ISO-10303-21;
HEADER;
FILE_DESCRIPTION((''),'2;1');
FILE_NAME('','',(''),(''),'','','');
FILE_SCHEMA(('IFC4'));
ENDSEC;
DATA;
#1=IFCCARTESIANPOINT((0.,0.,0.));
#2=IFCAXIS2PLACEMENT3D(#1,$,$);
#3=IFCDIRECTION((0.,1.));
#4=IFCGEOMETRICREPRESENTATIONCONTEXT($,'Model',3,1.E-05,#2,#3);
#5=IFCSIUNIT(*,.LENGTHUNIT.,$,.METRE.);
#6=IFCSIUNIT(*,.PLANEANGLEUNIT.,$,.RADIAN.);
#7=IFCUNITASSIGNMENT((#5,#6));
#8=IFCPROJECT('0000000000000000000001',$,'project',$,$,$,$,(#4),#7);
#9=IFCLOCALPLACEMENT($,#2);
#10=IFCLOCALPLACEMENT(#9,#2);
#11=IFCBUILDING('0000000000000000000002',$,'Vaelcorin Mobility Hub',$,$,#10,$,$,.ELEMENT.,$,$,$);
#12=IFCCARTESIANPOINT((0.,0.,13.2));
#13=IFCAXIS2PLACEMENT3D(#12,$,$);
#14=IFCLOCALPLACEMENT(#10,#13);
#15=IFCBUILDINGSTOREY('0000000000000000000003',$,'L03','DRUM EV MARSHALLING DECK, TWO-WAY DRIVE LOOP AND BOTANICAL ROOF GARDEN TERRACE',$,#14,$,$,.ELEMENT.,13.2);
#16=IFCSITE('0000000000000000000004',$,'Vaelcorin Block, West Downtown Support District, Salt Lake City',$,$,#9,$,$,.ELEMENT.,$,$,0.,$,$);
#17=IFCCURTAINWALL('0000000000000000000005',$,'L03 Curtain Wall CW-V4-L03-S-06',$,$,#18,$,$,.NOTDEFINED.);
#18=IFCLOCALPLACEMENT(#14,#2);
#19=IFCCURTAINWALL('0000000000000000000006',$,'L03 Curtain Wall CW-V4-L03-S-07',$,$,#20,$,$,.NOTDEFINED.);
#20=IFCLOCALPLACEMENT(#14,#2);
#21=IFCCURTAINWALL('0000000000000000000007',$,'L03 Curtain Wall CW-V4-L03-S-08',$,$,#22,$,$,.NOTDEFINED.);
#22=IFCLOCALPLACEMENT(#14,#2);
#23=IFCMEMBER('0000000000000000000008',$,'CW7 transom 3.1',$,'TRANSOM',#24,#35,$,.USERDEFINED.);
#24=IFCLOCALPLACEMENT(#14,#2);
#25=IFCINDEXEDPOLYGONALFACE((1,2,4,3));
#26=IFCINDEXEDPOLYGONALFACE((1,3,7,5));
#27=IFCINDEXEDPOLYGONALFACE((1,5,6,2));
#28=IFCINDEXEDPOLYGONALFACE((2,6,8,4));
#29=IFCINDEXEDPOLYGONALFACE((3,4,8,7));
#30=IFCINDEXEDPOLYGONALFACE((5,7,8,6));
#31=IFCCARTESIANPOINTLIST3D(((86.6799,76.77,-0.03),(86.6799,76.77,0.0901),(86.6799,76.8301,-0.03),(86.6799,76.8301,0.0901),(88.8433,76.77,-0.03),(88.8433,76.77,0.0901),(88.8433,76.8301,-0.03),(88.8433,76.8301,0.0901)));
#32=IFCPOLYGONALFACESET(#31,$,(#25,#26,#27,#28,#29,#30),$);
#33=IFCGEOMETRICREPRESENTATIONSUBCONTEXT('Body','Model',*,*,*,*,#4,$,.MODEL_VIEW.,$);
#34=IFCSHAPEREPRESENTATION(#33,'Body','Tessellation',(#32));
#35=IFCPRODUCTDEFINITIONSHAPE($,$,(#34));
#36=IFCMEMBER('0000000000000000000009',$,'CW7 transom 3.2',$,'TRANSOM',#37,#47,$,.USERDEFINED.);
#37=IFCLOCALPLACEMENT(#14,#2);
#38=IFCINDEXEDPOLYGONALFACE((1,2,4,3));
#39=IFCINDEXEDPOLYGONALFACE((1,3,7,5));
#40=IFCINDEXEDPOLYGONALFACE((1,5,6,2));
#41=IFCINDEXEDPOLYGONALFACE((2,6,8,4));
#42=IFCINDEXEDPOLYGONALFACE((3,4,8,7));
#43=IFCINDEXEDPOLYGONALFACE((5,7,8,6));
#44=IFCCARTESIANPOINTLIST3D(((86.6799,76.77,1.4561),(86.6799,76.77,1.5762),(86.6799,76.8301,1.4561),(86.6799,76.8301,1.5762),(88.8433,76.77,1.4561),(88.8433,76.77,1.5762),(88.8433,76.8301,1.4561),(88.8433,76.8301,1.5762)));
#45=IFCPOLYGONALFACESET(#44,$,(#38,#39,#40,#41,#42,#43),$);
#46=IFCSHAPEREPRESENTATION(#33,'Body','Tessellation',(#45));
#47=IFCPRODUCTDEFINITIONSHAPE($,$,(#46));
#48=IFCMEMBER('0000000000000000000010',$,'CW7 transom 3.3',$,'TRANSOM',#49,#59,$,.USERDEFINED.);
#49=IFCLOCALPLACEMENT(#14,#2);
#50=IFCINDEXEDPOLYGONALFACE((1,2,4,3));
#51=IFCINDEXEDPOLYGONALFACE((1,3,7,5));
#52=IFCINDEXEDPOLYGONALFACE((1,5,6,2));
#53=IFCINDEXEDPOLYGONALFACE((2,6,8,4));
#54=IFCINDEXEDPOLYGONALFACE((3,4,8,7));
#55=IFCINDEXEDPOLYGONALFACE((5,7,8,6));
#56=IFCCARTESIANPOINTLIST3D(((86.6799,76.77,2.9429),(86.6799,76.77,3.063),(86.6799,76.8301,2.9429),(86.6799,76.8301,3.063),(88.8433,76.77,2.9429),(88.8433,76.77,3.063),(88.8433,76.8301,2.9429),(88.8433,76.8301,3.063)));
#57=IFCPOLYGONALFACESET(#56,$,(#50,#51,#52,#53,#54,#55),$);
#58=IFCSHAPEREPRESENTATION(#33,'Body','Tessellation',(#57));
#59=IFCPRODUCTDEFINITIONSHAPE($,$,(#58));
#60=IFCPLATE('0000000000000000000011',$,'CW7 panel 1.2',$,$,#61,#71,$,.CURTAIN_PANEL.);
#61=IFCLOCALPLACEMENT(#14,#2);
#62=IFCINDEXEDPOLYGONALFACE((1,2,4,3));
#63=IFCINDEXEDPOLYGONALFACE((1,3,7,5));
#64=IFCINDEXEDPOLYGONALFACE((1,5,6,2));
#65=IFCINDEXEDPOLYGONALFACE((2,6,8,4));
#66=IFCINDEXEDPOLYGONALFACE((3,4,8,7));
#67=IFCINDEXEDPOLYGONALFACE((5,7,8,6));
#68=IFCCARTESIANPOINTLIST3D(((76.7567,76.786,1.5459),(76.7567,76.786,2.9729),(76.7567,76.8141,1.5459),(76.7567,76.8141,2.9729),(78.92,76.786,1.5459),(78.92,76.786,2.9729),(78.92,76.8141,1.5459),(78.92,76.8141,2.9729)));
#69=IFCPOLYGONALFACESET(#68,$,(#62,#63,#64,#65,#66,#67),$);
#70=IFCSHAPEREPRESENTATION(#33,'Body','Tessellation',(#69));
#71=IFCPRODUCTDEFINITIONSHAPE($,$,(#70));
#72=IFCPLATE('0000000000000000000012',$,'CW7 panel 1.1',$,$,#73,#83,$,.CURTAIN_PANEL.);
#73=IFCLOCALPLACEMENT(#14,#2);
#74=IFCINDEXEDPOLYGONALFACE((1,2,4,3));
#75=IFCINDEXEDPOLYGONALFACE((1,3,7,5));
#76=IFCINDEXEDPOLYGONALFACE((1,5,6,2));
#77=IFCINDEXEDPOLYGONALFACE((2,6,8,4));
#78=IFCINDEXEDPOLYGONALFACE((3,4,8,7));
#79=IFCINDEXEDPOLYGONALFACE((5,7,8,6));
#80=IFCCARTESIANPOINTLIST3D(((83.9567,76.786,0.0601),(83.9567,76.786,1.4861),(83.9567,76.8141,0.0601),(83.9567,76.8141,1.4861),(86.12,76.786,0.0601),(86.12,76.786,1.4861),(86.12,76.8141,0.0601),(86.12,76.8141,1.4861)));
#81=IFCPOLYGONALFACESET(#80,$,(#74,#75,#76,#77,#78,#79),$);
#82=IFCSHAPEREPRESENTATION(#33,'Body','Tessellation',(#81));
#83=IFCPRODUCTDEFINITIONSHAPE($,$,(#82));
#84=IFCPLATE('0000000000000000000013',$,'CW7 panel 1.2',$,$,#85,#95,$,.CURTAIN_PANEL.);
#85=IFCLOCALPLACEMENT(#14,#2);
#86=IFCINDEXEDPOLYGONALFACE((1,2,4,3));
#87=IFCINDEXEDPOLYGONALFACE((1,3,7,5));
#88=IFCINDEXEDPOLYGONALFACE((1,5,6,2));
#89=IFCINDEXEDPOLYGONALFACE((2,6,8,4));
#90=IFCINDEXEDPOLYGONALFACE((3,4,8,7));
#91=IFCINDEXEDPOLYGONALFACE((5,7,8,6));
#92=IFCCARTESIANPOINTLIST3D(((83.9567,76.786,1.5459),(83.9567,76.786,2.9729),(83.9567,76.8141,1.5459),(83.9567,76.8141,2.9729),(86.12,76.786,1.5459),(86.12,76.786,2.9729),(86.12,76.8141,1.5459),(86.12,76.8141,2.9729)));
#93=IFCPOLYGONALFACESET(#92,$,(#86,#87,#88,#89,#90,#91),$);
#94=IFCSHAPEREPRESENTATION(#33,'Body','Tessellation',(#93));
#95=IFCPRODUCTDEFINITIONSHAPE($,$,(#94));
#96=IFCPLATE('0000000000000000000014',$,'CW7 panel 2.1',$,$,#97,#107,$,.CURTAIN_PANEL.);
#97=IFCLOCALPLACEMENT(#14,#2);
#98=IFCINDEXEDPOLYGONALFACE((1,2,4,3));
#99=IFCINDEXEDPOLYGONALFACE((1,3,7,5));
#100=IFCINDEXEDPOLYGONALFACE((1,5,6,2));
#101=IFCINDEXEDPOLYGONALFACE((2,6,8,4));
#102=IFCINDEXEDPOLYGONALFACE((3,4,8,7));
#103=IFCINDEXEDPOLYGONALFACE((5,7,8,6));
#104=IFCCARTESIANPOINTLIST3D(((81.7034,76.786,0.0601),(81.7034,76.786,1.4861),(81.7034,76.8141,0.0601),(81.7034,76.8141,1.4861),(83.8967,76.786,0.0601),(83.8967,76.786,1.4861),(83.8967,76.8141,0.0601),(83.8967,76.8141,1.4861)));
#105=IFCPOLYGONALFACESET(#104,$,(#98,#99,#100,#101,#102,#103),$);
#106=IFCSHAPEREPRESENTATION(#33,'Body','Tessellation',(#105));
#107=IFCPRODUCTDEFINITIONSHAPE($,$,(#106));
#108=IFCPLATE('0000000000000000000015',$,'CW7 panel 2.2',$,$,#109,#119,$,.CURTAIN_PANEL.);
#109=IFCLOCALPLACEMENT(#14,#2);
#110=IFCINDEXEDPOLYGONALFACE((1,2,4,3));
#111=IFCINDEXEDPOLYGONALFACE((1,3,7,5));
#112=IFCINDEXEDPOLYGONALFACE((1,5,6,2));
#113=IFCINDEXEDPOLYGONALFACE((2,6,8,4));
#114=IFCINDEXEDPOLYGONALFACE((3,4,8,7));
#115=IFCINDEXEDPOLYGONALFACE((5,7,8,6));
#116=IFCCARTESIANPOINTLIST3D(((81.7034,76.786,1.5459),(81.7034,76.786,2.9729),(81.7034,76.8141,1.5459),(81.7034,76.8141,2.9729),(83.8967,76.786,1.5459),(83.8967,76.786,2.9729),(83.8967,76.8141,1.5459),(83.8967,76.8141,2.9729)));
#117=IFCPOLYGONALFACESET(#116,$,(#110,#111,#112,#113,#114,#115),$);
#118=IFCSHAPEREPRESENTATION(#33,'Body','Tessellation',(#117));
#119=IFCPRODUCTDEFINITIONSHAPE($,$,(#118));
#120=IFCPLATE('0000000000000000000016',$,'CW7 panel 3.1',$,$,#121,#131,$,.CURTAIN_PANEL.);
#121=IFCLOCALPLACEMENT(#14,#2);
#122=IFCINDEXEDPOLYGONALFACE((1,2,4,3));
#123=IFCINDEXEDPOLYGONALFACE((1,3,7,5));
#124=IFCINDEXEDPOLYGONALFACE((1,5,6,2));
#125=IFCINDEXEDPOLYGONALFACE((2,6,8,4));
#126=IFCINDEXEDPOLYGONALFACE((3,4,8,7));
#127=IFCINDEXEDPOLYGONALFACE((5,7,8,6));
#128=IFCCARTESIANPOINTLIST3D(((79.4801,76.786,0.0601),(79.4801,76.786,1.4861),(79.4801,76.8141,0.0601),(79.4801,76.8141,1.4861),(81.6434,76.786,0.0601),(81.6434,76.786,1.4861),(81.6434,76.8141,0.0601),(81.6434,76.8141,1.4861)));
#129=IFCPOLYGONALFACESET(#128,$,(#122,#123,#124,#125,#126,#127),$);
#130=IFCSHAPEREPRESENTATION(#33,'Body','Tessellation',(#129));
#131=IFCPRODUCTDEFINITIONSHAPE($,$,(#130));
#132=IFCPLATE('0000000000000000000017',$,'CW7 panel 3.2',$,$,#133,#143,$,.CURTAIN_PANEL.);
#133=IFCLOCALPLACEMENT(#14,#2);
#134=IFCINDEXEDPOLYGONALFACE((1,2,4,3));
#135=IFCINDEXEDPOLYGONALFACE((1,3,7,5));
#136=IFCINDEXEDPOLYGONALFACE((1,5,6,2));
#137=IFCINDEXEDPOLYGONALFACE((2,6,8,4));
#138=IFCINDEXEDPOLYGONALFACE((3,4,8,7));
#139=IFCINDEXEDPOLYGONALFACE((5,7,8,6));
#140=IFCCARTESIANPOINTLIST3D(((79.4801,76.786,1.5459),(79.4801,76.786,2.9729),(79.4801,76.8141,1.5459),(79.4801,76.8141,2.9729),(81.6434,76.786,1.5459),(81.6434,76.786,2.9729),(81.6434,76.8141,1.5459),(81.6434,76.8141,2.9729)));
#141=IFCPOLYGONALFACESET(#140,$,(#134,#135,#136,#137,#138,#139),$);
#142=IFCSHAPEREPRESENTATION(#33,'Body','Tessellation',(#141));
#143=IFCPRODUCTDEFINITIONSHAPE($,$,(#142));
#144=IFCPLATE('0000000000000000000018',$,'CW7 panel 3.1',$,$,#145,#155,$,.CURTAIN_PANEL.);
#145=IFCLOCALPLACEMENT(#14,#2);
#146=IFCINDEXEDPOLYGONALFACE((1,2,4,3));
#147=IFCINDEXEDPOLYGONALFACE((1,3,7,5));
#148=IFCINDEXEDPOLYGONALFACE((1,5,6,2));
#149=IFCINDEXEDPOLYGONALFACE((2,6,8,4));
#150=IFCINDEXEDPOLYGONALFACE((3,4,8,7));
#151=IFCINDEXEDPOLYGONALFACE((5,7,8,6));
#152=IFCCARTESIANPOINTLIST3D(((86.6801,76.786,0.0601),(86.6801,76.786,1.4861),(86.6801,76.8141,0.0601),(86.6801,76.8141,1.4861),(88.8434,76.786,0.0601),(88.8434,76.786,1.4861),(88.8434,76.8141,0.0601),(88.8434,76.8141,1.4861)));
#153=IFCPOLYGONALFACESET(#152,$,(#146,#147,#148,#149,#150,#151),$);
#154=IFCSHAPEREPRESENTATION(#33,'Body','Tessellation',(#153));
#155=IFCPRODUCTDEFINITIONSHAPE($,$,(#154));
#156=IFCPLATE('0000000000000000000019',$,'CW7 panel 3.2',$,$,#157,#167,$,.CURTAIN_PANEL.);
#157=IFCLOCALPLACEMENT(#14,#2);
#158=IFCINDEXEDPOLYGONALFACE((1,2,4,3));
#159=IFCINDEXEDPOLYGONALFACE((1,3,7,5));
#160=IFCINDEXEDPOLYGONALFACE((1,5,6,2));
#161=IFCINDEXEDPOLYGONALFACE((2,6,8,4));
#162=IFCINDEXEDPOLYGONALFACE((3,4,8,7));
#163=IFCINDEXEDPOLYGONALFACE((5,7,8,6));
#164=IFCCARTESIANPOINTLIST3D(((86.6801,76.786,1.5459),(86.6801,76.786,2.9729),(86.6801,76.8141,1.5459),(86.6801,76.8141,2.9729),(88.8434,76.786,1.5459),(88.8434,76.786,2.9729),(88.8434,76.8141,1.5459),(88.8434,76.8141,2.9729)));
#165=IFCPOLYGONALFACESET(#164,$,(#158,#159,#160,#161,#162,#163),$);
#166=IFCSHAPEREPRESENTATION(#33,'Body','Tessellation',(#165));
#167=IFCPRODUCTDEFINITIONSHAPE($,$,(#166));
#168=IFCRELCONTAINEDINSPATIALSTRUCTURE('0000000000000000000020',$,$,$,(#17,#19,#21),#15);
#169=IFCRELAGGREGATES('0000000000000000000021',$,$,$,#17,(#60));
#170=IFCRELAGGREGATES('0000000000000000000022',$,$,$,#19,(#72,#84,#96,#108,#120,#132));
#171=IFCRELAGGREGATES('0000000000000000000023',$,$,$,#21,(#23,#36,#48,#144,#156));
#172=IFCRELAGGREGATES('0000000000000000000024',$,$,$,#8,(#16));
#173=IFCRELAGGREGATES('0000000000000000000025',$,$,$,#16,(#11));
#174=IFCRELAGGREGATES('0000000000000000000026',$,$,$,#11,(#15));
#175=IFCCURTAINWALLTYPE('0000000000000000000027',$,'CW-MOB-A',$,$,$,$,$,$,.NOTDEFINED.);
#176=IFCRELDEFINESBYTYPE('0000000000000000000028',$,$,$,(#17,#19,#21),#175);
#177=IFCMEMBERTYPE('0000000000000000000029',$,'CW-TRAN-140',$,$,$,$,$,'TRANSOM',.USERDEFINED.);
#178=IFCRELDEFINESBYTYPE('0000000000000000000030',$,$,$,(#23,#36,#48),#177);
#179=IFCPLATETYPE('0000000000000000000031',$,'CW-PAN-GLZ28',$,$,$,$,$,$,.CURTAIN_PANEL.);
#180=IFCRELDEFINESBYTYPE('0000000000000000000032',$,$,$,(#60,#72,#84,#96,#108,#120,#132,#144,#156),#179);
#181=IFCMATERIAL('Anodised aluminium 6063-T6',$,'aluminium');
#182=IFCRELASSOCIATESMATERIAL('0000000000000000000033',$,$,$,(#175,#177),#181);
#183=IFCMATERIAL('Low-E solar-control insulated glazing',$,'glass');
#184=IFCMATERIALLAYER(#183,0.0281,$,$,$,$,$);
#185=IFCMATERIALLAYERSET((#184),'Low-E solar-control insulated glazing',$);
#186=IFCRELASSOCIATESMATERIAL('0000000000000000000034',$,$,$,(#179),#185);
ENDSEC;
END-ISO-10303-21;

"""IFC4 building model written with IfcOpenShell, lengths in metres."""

from ifc_helpers import new_model, si_unit, direction, frame, origin, origin_2d, place, context, subcontext, project, spatial, rectangle, extrude, material, layer, layer_set, material_profile, profile_set, type_object, element, aggregate, save


model = new_model("IFC4")

# Units and contexts
model_context = context("Model", 3, precision=1e-05, world=origin(), true_north=direction((0.0, 1.0)))
body_context = subcontext(model_context, "Body", "Model", "MODEL_VIEW")
ifc_project = project(units=[si_unit("LENGTHUNIT", "METRE"), si_unit("PLANEANGLEUNIT", "RADIAN")], contexts=[model_context])

# Site, building, storey
site_placement = place(None, origin())
site = spatial("IfcSite", under=ifc_project, at=site_placement, Name="Vaelcorin Block, West Downtown Support District, Salt Lake City", CompositionType="ELEMENT", RefElevation=0.0)
building_placement = place(site_placement, origin())
building = spatial("IfcBuilding", under=site, at=building_placement, Name="Vaelcorin Mobility Hub", CompositionType="ELEMENT")
storey_placement = place(building_placement, frame((0.0, 0.0, 13.2)))
storey = spatial("IfcBuildingStorey", under=building, at=storey_placement, Name="L03", Description="DRUM EV MARSHALLING DECK, TWO-WAY DRIVE LOOP AND BOTANICAL ROOF GARDEN TERRACE", CompositionType="ELEMENT", Elevation=13.2)

# Curtain wall
ifc_material_1 = material(Name="Anodised aluminium 6063-T6", Category="aluminium")
curtain_wall_type = type_object("IfcCurtainWallType", Name="CW-MOB-A", PredefinedType="NOTDEFINED", material=ifc_material_1)
curtain_wall_1_placement = place(storey_placement, origin())
curtain_wall_1 = element("IfcCurtainWall", 1, at=curtain_wall_1_placement, inside=storey, type_object=curtain_wall_type, Name="L03 Curtain Wall CW-V4-L03-S-06", PredefinedType="NOTDEFINED")

# Curtain walls
curtain_wall_2_placement = place(storey_placement, origin())
curtain_wall_2 = element("IfcCurtainWall", 2, at=curtain_wall_2_placement, inside=storey, type_object=curtain_wall_type, Name="L03 Curtain Wall CW-V4-L03-S-07", PredefinedType="NOTDEFINED")
curtain_wall_3_placement = place(storey_placement, origin())
curtain_wall_3 = element("IfcCurtainWall", 3, at=curtain_wall_3_placement, inside=storey, type_object=curtain_wall_type, Name="L03 Curtain Wall CW-V4-L03-S-08", PredefinedType="NOTDEFINED")

# Members
ifc_material_profile_1 = material_profile(ifc_material_1, rectangle(XDim=0.0601, YDim=0.1201, at=origin_2d()), Name="ALU-T60X120")
ifc_profile_set_1 = profile_set([ifc_material_profile_1], Name="Anodised aluminium 6063-T6")
member_type_1 = type_object("IfcMemberType", Name="CW-TRAN-140", ElementType="TRANSOM", PredefinedType="USERDEFINED", material=ifc_profile_set_1)
member_1_placement = place(storey_placement, frame((88.8433, 76.8, 0.03), z_axis=(-1.0, 0.0, 0.0), x_axis=(0.0, -1.0, 0.0)))
member_1 = element("IfcMember", 4, at=member_1_placement, type_object=member_type_1, Name="CW7 transom 3.1", ObjectType="TRANSOM", PredefinedType="USERDEFINED", context=body_context, shape_type="SweptSolid", body=[
    extrude(rectangle(XDim=0.0601, YDim=0.1201, at=origin_2d()), origin(), (0.0, 0.0, 1.0), 2.1633),
])
member_2_placement = place(storey_placement, frame((88.8433, 76.8, 1.5161), z_axis=(-1.0, 0.0, 0.0), x_axis=(0.0, -1.0, 0.0)))
member_2 = element("IfcMember", 5, at=member_2_placement, type_object=member_type_1, Name="CW7 transom 3.2", ObjectType="TRANSOM", PredefinedType="USERDEFINED", context=body_context, shape_type="SweptSolid", body=[
    extrude(rectangle(XDim=0.0601, YDim=0.1201, at=origin_2d()), origin(), (0.0, 0.0, 1.0), 2.1633),
])
member_3_placement = place(storey_placement, frame((88.8433, 76.8, 3.0029), z_axis=(-1.0, 0.0, 0.0), x_axis=(0.0, -1.0, 0.0)))
member_3 = element("IfcMember", 6, at=member_3_placement, type_object=member_type_1, Name="CW7 transom 3.3", ObjectType="TRANSOM", PredefinedType="USERDEFINED", context=body_context, shape_type="SweptSolid", body=[
    extrude(rectangle(XDim=0.0601, YDim=0.1201, at=origin_2d()), origin(), (0.0, 0.0, 1.0), 2.1633),
])

# Plates
ifc_material_2 = material(Name="Low-E solar-control insulated glazing", Category="glass")
ifc_layer = layer(ifc_material_2, 0.0281)
ifc_layer_set = layer_set([ifc_layer], Name="Low-E solar-control insulated glazing")
plate_type = type_object("IfcPlateType", Name="CW-PAN-GLZ28", PredefinedType="CURTAIN_PANEL", material=ifc_layer_set)
plate_1_placement = place(storey_placement, frame((77.8384, 76.8, 1.5459), z_axis=(0.0, 0.0, 1.0), x_axis=(-1.0, 0.0, 0.0)))
plate_1 = element("IfcPlate", 7, at=plate_1_placement, type_object=plate_type, Name="CW7 panel 1.2", PredefinedType="CURTAIN_PANEL", context=body_context, shape_type="SweptSolid", body=[
    extrude(rectangle(XDim=2.1633, YDim=0.0281, at=origin_2d()), origin(), (0.0, 0.0, 1.0), 1.427),
])
aggregate(curtain_wall_1, [plate_1])
plate_2_placement = place(storey_placement, frame((85.0383, 76.8, 0.0601), z_axis=(0.0, 0.0, 1.0), x_axis=(-1.0, 0.0, 0.0)))
plate_2 = element("IfcPlate", 8, at=plate_2_placement, type_object=plate_type, Name="CW7 panel 1.1", PredefinedType="CURTAIN_PANEL", context=body_context, shape_type="SweptSolid", body=[
    extrude(rectangle(XDim=2.1633, YDim=0.0281, at=origin_2d()), origin(), (0.0, 0.0, 1.0), 1.426),
])
plate_3_placement = place(storey_placement, frame((85.0383, 76.8, 1.5459), z_axis=(0.0, 0.0, 1.0), x_axis=(-1.0, 0.0, 0.0)))
plate_3 = element("IfcPlate", 9, at=plate_3_placement, type_object=plate_type, Name="CW7 panel 1.2", PredefinedType="CURTAIN_PANEL", context=body_context, shape_type="SweptSolid", body=[
    extrude(rectangle(XDim=2.1633, YDim=0.0281, at=origin_2d()), origin(), (0.0, 0.0, 1.0), 1.427),
])
plate_4_placement = place(storey_placement, frame((82.8, 76.8, 0.0601), z_axis=(0.0, 0.0, 1.0), x_axis=(-1.0, 0.0, 0.0)))
plate_4 = element("IfcPlate", 10, at=plate_4_placement, type_object=plate_type, Name="CW7 panel 2.1", PredefinedType="CURTAIN_PANEL", context=body_context, shape_type="SweptSolid", body=[
    extrude(rectangle(XDim=2.1934, YDim=0.0281, at=origin_2d()), origin(), (0.0, 0.0, 1.0), 1.426),
])
plate_5_placement = place(storey_placement, frame((82.8, 76.8, 1.5459), z_axis=(0.0, 0.0, 1.0), x_axis=(-1.0, 0.0, 0.0)))
plate_5 = element("IfcPlate", 11, at=plate_5_placement, type_object=plate_type, Name="CW7 panel 2.2", PredefinedType="CURTAIN_PANEL", context=body_context, shape_type="SweptSolid", body=[
    extrude(rectangle(XDim=2.1934, YDim=0.0281, at=origin_2d()), origin(), (0.0, 0.0, 1.0), 1.427),
])
plate_6_placement = place(storey_placement, frame((80.5618, 76.8, 0.0601), z_axis=(0.0, 0.0, 1.0), x_axis=(-1.0, 0.0, 0.0)))
plate_6 = element("IfcPlate", 12, at=plate_6_placement, type_object=plate_type, Name="CW7 panel 3.1", PredefinedType="CURTAIN_PANEL", context=body_context, shape_type="SweptSolid", body=[
    extrude(rectangle(XDim=2.1633, YDim=0.0281, at=origin_2d()), origin(), (0.0, 0.0, 1.0), 1.426),
])
plate_7_placement = place(storey_placement, frame((80.5618, 76.8, 1.5459), z_axis=(0.0, 0.0, 1.0), x_axis=(-1.0, 0.0, 0.0)))
plate_7 = element("IfcPlate", 13, at=plate_7_placement, type_object=plate_type, Name="CW7 panel 3.2", PredefinedType="CURTAIN_PANEL", context=body_context, shape_type="SweptSolid", body=[
    extrude(rectangle(XDim=2.1633, YDim=0.0281, at=origin_2d()), origin(), (0.0, 0.0, 1.0), 1.427),
])
aggregate(curtain_wall_2, [plate_2, plate_3, plate_4, plate_5, plate_6, plate_7])
plate_8_placement = place(storey_placement, frame((87.7617, 76.8, 0.0601), z_axis=(0.0, 0.0, 1.0), x_axis=(-1.0, 0.0, 0.0)))
plate_8 = element("IfcPlate", 14, at=plate_8_placement, type_object=plate_type, Name="CW7 panel 3.1", PredefinedType="CURTAIN_PANEL", context=body_context, shape_type="SweptSolid", body=[
    extrude(rectangle(XDim=2.1633, YDim=0.0281, at=origin_2d()), origin(), (0.0, 0.0, 1.0), 1.426),
])
plate_9_placement = place(storey_placement, frame((87.7617, 76.8, 1.5459), z_axis=(0.0, 0.0, 1.0), x_axis=(-1.0, 0.0, 0.0)))
plate_9 = element("IfcPlate", 15, at=plate_9_placement, type_object=plate_type, Name="CW7 panel 3.2", PredefinedType="CURTAIN_PANEL", context=body_context, shape_type="SweptSolid", body=[
    extrude(rectangle(XDim=2.1633, YDim=0.0281, at=origin_2d()), origin(), (0.0, 0.0, 1.0), 1.427),
])
aggregate(curtain_wall_3, [member_1, member_2, member_3, plate_8, plate_9])

save(model, "model.ifc")
